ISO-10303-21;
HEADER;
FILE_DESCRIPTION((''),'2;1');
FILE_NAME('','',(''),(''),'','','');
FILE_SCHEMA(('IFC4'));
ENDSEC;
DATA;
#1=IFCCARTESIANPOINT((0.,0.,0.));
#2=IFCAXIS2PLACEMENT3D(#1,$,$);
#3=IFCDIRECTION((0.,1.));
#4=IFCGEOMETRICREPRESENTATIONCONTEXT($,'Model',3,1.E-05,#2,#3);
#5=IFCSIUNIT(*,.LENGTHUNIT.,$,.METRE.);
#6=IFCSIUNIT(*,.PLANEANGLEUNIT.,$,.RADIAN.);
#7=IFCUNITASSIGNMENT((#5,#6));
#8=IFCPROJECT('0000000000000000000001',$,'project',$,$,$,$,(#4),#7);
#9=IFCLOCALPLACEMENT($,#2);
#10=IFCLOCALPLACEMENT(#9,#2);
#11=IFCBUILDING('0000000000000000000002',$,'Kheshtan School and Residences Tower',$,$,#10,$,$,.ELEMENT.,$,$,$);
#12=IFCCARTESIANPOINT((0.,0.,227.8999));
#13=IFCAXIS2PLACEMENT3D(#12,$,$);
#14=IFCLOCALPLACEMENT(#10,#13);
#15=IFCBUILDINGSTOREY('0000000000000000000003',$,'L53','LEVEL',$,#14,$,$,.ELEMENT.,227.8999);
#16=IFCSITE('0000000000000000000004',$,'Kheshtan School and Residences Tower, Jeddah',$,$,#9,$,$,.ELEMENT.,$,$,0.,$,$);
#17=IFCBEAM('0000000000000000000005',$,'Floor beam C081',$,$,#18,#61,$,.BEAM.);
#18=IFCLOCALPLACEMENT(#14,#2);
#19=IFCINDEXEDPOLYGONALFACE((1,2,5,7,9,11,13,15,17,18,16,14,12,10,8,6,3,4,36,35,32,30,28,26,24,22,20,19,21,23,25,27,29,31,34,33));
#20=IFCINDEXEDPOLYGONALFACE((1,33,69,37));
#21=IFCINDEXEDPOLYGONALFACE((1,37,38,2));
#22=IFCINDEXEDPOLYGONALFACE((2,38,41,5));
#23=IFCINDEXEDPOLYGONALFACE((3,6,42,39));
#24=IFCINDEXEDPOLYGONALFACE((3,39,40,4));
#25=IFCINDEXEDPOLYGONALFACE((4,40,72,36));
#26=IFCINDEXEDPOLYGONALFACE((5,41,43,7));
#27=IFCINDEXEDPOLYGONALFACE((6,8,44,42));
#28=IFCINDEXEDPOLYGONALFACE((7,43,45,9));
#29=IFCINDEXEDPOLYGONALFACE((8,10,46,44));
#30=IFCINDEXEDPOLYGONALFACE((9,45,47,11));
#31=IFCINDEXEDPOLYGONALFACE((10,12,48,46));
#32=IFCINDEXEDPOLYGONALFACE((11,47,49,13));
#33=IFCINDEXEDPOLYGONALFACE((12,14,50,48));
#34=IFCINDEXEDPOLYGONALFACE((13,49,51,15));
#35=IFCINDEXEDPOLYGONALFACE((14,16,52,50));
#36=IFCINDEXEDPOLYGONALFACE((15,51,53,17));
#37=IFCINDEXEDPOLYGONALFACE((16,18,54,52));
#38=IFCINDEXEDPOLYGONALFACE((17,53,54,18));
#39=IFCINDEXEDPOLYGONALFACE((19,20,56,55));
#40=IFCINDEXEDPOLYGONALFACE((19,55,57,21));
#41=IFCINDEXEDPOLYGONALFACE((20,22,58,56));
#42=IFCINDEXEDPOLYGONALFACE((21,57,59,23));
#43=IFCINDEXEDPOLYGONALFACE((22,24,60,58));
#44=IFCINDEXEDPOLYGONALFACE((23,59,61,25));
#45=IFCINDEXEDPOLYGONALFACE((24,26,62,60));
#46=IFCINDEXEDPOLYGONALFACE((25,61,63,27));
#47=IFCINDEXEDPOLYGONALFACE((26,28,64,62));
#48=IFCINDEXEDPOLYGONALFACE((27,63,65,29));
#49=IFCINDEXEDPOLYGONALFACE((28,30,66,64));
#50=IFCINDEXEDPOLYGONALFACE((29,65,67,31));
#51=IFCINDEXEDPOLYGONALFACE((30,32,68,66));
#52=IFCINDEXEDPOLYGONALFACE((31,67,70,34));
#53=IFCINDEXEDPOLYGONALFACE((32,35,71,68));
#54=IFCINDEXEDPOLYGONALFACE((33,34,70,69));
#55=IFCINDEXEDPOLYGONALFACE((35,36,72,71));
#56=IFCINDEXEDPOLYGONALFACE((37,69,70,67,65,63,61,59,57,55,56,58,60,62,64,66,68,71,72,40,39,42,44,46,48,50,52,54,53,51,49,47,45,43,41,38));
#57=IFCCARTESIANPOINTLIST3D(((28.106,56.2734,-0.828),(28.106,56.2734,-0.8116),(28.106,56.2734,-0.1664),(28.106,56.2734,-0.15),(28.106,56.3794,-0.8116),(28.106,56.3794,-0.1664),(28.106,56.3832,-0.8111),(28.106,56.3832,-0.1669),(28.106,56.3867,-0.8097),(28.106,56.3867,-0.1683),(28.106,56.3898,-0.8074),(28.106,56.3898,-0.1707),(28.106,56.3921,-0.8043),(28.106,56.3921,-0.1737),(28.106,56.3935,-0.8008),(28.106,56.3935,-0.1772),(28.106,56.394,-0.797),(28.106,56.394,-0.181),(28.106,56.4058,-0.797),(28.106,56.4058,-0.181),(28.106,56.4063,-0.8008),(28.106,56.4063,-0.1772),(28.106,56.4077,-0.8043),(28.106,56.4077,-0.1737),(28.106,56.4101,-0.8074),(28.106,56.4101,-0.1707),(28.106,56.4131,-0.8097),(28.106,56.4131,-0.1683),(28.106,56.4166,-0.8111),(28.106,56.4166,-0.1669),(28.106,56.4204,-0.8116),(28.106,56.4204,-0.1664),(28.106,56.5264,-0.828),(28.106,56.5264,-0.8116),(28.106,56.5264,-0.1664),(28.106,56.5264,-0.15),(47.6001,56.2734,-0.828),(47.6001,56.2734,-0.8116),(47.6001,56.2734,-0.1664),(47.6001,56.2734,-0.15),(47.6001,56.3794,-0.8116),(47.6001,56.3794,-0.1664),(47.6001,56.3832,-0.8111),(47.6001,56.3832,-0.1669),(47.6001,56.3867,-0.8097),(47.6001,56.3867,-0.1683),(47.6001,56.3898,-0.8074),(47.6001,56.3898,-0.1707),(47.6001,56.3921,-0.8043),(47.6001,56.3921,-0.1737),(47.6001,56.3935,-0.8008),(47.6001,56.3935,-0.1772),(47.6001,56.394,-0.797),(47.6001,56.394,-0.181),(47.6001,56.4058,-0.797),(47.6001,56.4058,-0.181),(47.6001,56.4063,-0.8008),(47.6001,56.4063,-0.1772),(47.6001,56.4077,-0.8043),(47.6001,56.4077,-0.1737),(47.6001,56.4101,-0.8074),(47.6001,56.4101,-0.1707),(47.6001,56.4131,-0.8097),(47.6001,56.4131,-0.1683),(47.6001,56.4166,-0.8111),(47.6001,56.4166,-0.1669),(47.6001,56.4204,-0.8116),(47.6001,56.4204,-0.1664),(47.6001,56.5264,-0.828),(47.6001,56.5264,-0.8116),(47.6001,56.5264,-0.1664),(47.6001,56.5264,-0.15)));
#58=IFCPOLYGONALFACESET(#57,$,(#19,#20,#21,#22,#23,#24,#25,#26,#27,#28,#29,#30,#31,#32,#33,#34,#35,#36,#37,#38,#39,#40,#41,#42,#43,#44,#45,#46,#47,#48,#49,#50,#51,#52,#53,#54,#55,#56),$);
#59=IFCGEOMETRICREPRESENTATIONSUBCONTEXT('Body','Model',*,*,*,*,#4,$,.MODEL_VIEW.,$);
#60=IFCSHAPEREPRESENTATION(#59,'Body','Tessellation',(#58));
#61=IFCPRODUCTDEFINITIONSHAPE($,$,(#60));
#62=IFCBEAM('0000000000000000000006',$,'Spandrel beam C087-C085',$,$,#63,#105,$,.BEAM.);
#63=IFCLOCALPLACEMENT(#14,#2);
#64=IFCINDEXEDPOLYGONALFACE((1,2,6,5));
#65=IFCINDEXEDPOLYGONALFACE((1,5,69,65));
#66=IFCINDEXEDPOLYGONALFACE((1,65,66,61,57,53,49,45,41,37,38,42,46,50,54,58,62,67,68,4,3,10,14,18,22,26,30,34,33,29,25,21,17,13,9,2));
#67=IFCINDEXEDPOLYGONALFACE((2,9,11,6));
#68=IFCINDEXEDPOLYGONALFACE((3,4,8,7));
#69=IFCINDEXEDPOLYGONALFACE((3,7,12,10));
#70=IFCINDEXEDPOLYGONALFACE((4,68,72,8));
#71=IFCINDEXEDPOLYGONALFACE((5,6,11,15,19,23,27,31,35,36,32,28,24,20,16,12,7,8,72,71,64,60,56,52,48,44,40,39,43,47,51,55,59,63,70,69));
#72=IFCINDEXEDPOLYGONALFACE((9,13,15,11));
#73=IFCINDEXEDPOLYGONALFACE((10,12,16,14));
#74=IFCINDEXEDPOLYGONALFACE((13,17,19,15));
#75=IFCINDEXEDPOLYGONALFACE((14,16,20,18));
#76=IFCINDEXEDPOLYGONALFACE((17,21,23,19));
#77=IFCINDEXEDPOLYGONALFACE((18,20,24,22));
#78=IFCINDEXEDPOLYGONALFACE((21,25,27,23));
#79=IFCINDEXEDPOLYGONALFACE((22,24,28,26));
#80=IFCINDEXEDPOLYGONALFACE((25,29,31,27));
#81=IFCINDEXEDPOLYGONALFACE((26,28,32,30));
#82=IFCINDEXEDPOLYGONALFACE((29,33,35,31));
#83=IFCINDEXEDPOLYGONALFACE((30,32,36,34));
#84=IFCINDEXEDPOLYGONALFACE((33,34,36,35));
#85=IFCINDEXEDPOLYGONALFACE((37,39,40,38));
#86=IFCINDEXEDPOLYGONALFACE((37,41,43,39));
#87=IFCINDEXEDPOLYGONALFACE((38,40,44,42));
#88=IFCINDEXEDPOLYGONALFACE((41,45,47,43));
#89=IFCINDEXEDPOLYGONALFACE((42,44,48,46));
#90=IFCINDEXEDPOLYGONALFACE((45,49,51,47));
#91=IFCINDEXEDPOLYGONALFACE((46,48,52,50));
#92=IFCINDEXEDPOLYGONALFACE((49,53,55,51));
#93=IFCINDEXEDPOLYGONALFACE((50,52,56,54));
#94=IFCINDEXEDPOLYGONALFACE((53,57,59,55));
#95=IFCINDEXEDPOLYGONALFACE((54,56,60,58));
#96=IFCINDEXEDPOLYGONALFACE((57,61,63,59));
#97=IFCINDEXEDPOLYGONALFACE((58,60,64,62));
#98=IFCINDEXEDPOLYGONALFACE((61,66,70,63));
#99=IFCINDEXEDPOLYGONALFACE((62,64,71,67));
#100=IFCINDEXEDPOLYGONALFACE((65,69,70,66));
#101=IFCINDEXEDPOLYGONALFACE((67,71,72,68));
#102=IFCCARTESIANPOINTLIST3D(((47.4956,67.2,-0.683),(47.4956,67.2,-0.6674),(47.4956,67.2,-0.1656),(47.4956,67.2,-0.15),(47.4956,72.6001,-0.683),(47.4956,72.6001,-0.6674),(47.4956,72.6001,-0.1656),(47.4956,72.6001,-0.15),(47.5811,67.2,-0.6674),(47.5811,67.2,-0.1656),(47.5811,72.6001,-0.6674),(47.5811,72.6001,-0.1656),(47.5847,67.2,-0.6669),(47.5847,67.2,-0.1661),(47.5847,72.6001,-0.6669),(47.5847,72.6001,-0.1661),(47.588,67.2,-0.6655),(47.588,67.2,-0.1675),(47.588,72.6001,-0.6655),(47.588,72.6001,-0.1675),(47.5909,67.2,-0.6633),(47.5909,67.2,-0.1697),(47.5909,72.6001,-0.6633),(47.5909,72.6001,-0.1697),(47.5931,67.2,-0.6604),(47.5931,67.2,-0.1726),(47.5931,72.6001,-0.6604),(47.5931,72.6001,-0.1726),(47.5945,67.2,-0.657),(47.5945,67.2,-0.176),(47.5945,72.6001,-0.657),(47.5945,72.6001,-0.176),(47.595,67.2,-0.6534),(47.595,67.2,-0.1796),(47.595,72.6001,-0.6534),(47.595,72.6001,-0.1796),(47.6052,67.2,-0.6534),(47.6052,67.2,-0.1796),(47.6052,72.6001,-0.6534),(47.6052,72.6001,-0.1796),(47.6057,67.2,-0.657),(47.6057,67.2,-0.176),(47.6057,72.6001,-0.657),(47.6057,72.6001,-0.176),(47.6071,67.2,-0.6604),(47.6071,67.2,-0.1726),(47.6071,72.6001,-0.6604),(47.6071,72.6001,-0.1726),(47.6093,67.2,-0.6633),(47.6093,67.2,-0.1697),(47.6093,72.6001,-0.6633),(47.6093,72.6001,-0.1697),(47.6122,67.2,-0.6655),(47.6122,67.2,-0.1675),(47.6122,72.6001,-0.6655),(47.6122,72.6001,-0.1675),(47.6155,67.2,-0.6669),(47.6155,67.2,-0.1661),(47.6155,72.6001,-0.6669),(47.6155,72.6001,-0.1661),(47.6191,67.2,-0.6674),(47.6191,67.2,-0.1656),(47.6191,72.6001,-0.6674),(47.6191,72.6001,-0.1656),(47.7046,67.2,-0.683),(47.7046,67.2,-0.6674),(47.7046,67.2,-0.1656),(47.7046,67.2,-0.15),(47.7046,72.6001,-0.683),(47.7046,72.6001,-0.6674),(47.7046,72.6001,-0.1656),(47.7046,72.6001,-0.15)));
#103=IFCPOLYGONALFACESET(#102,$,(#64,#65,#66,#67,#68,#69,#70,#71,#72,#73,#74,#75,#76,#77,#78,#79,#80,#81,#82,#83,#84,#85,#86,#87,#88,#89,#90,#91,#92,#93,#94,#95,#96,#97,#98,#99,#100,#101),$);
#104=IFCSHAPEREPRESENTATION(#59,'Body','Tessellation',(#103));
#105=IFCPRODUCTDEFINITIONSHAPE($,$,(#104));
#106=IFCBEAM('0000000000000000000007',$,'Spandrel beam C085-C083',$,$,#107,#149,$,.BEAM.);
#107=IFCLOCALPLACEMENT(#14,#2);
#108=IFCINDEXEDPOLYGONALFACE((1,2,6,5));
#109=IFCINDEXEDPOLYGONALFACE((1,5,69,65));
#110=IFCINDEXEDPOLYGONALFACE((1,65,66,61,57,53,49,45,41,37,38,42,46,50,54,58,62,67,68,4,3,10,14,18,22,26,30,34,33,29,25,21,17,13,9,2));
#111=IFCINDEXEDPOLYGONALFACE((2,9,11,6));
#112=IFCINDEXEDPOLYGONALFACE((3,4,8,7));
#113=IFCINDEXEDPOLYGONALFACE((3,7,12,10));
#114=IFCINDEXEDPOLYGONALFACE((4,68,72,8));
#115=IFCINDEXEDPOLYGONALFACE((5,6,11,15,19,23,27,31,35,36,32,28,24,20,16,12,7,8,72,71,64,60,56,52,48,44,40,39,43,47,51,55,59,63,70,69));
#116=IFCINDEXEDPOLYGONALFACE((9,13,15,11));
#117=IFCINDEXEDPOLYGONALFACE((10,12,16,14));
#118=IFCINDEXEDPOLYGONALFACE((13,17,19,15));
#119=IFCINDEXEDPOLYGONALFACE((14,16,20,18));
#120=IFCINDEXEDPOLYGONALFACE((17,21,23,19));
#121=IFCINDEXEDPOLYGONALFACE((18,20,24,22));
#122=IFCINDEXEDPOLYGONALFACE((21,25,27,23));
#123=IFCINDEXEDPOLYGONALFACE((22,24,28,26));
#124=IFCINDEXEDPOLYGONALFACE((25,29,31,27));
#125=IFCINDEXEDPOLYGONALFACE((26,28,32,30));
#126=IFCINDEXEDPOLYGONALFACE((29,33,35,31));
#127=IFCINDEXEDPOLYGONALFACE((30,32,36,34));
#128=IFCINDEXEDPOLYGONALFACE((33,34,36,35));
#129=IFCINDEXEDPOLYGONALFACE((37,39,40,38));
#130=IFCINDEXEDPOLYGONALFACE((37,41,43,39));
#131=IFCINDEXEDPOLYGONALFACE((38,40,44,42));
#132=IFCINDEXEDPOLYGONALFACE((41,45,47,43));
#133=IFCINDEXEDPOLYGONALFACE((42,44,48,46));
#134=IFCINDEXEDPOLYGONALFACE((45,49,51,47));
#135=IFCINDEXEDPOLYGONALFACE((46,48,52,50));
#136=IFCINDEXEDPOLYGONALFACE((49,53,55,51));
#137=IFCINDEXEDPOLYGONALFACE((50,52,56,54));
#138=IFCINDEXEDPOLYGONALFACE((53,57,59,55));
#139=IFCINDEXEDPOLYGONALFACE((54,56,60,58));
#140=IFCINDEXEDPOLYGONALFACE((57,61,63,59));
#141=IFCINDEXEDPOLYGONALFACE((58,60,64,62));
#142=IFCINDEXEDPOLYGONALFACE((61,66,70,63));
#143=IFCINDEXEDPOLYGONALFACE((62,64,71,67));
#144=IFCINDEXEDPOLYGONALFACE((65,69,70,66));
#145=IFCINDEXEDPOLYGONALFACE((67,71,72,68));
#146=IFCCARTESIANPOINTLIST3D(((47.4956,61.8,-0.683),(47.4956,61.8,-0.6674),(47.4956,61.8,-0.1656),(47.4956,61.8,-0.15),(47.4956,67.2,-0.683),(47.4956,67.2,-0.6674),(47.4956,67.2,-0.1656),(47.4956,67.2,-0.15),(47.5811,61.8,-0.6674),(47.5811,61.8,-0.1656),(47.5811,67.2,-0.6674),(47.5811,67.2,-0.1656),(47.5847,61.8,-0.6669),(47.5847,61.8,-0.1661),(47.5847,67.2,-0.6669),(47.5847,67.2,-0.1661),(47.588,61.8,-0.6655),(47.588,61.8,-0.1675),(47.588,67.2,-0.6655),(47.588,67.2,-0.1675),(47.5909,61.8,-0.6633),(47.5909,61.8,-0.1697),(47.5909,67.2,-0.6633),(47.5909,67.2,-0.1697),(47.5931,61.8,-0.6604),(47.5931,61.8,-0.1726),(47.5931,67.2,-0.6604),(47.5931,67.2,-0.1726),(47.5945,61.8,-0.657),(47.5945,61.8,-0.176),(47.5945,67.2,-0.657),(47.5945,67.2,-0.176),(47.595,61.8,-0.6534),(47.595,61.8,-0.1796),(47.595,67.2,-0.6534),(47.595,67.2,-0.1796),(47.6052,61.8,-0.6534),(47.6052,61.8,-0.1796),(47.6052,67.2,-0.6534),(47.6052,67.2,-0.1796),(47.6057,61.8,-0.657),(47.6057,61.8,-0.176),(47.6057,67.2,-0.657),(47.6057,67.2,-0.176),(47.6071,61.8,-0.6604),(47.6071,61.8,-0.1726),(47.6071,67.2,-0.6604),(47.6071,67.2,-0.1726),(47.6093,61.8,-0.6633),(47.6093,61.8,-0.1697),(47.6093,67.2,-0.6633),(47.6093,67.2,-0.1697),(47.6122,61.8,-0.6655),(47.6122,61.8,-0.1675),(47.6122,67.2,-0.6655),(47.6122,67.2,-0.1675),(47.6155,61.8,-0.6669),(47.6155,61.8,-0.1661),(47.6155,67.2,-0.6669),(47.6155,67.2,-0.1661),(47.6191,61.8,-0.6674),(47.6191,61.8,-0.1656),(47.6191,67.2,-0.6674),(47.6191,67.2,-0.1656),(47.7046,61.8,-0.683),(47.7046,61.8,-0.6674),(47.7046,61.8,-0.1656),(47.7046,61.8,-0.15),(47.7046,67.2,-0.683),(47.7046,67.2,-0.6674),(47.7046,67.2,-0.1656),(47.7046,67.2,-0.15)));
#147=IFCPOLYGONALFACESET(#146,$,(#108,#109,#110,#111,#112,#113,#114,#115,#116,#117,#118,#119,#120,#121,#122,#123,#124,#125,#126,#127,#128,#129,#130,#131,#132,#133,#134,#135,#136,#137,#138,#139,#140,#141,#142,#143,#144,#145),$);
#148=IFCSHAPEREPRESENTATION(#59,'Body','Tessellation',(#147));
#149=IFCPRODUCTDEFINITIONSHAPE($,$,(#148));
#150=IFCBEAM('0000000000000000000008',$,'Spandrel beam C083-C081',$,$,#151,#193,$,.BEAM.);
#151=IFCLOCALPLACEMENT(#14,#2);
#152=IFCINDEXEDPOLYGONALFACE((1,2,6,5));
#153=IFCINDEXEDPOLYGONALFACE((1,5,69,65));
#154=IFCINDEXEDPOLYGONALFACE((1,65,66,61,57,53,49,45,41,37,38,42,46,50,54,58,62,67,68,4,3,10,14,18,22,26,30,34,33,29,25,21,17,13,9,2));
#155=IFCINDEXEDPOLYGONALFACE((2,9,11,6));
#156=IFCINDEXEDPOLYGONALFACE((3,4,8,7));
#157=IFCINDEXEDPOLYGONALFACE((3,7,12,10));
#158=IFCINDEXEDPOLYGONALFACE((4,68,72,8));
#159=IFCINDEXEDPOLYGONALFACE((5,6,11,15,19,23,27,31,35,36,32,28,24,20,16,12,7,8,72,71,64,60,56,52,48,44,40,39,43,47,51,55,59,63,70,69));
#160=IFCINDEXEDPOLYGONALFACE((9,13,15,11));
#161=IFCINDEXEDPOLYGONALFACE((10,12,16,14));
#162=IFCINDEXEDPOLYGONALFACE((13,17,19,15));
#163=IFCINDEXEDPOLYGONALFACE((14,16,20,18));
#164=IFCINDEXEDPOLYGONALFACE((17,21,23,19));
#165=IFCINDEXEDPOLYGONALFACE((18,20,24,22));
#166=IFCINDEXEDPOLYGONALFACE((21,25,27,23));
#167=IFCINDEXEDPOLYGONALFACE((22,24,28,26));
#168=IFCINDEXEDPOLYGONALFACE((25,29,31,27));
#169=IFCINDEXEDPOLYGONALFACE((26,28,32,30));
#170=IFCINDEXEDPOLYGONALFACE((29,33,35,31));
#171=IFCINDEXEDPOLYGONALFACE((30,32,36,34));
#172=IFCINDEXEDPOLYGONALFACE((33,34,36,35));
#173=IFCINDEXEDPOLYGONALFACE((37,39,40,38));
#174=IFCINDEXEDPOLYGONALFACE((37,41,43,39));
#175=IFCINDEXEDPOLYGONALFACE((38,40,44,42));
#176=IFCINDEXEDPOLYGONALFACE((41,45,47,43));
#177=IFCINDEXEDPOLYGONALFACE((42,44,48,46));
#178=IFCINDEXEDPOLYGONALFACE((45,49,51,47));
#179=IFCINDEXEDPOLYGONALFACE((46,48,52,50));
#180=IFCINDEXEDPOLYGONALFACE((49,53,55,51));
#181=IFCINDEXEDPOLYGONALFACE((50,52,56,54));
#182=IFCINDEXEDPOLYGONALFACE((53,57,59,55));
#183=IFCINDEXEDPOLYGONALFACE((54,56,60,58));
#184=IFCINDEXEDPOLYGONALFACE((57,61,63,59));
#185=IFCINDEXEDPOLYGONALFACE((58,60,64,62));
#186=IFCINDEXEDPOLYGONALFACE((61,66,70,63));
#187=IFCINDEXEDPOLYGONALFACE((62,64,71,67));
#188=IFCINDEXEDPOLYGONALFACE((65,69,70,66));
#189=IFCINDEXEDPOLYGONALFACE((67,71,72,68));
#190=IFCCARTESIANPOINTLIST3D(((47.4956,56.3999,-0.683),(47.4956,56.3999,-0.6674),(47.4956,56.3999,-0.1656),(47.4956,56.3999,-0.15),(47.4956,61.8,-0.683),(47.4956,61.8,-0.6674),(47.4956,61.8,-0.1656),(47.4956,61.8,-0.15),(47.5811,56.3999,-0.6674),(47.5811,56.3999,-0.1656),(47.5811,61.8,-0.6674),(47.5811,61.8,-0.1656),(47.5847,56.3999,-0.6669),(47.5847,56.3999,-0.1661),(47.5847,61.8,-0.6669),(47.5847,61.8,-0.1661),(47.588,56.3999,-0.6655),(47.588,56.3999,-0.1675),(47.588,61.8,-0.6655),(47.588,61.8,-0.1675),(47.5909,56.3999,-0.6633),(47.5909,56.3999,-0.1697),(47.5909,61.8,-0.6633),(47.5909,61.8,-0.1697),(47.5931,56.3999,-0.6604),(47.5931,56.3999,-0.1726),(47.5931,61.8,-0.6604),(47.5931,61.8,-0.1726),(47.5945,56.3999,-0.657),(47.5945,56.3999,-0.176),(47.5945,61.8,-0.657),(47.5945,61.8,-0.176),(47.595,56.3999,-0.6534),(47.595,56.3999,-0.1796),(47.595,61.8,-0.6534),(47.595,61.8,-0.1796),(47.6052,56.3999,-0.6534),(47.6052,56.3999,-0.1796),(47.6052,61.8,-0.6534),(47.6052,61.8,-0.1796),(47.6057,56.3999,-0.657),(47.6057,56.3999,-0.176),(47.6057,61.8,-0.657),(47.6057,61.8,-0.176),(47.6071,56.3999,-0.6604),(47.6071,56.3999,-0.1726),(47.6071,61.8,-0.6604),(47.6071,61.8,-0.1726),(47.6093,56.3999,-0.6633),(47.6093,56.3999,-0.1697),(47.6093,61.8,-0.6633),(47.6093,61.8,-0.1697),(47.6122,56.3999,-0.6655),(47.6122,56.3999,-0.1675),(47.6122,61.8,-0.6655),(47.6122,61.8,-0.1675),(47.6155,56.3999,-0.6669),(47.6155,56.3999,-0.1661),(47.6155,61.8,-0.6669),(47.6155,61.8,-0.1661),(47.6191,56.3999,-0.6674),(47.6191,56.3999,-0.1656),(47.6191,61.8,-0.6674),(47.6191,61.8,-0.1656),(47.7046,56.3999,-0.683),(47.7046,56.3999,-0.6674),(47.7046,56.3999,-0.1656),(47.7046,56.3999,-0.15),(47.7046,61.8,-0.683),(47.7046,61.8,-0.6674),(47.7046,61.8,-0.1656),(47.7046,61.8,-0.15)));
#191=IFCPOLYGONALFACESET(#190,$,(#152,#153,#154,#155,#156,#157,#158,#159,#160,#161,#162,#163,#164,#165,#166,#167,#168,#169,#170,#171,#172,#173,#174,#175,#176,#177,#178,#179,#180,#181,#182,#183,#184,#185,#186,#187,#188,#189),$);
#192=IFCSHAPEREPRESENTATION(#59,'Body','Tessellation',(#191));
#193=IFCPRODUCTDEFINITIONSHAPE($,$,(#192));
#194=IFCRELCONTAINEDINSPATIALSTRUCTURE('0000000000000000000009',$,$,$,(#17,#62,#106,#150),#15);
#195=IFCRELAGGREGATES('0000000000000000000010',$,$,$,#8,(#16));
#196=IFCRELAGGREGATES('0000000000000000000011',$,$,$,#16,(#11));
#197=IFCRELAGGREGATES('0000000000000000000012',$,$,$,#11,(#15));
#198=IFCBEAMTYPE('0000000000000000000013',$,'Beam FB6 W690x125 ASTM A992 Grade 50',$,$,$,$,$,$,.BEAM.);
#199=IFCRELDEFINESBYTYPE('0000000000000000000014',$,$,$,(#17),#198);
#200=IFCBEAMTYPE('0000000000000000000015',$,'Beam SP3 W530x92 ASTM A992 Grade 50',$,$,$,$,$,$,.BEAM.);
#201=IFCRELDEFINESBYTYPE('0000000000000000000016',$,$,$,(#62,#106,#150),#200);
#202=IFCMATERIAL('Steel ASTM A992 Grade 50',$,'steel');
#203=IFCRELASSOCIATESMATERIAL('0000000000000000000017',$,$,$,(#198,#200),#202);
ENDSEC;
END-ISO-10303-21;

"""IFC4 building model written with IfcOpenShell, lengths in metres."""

from ifc_helpers import new_model, si_unit, direction, frame, origin, origin_2d, place, context, subcontext, project, spatial, i_section, extrude, material, material_profile, profile_set, type_object, element, save


model = new_model("IFC4")

# Units and contexts
model_context = context("Model", 3, precision=1e-05, world=origin(), true_north=direction((0.0, 1.0)))
body_context = subcontext(model_context, "Body", "Model", "MODEL_VIEW")
ifc_project = project(units=[si_unit("LENGTHUNIT", "METRE"), si_unit("PLANEANGLEUNIT", "RADIAN")], contexts=[model_context])

# Site, building, storey
site_placement = place(None, origin())
site = spatial("IfcSite", under=ifc_project, at=site_placement, Name="Kheshtan School and Residences Tower, Jeddah", CompositionType="ELEMENT", RefElevation=0.0)
building_placement = place(site_placement, origin())
building = spatial("IfcBuilding", under=site, at=building_placement, Name="Kheshtan School and Residences Tower", CompositionType="ELEMENT")
storey_placement = place(building_placement, frame((0.0, 0.0, 227.8999)))
storey = spatial("IfcBuildingStorey", under=building, at=storey_placement, Name="L53", Description="LEVEL", CompositionType="ELEMENT", Elevation=227.8999)

# Shared definitions
ifc_material_1 = material(Name="Steel ASTM A992 Grade 50", Category="steel")

# Beams
ifc_material_profile_1 = material_profile(ifc_material_1, i_section(OverallWidth=0.2529, OverallDepth=0.678, WebThickness=0.0117, FlangeThickness=0.0164, FilletRadius=0.0146, at=origin_2d()), Name="W690x125")
ifc_profile_set_1 = profile_set([ifc_material_profile_1], Name="Steel ASTM A992 Grade 50")
beam_type_1 = type_object("IfcBeamType", Name="Beam FB6 W690x125 ASTM A992 Grade 50", PredefinedType="BEAM", material=ifc_profile_set_1)
beam_1_placement = place(storey_placement, frame((47.6001, 56.3999, -0.489), z_axis=(-1.0, 0.0, 0.0), x_axis=(0.0, -1.0, 0.0)))
element("IfcBeam", 1, at=beam_1_placement, inside=storey, type_object=beam_type_1, Name="Floor beam C081", PredefinedType="BEAM", context=body_context, shape_type="SweptSolid", body=[
    extrude(i_section(OverallWidth=0.2529, OverallDepth=0.678, WebThickness=0.0117, FlangeThickness=0.0164, FilletRadius=0.0146, at=origin_2d()), origin(), (0.0, 0.0, 1.0), 19.4941),
])
ifc_material_profile_2 = material_profile(ifc_material_1, i_section(OverallWidth=0.209, OverallDepth=0.533, WebThickness=0.0103, FlangeThickness=0.0156, FilletRadius=0.0139, at=origin_2d()), Name="W530x92")
ifc_profile_set_2 = profile_set([ifc_material_profile_2], Name="Steel ASTM A992 Grade 50")
beam_type_2 = type_object("IfcBeamType", Name="Beam SP3 W530x92 ASTM A992 Grade 50", PredefinedType="BEAM", material=ifc_profile_set_2)
beam_2_placement = place(storey_placement, frame((47.6001, 72.6001, -0.4165), z_axis=(0.0, -1.0, 0.0), x_axis=(1.0, 0.0, 0.0)))
element("IfcBeam", 2, at=beam_2_placement, inside=storey, type_object=beam_type_2, Name="Spandrel beam C087-C085", PredefinedType="BEAM", context=body_context, shape_type="SweptSolid", body=[
    extrude(i_section(OverallWidth=0.209, OverallDepth=0.533, WebThickness=0.0103, FlangeThickness=0.0156, FilletRadius=0.0139, at=origin_2d()), origin(), (0.0, 0.0, 1.0), 5.4001),
])
beam_3_placement = place(storey_placement, frame((47.6001, 67.2, -0.4165), z_axis=(0.0, -1.0, 0.0), x_axis=(1.0, 0.0, 0.0)))
element("IfcBeam", 3, at=beam_3_placement, inside=storey, type_object=beam_type_2, Name="Spandrel beam C085-C083", PredefinedType="BEAM", context=body_context, shape_type="SweptSolid", body=[
    extrude(i_section(OverallWidth=0.209, OverallDepth=0.533, WebThickness=0.0103, FlangeThickness=0.0156, FilletRadius=0.0139, at=origin_2d()), origin(), (0.0, 0.0, 1.0), 5.3999),
])
beam_4_placement = place(storey_placement, frame((47.6001, 61.8, -0.4165), z_axis=(0.0, -1.0, 0.0), x_axis=(1.0, 0.0, 0.0)))
element("IfcBeam", 4, at=beam_4_placement, inside=storey, type_object=beam_type_2, Name="Spandrel beam C083-C081", PredefinedType="BEAM", context=body_context, shape_type="SweptSolid", body=[
    extrude(i_section(OverallWidth=0.209, OverallDepth=0.533, WebThickness=0.0103, FlangeThickness=0.0156, FilletRadius=0.0139, at=origin_2d()), origin(), (0.0, 0.0, 1.0), 5.4001),
])

save(model, "model.ifc")
